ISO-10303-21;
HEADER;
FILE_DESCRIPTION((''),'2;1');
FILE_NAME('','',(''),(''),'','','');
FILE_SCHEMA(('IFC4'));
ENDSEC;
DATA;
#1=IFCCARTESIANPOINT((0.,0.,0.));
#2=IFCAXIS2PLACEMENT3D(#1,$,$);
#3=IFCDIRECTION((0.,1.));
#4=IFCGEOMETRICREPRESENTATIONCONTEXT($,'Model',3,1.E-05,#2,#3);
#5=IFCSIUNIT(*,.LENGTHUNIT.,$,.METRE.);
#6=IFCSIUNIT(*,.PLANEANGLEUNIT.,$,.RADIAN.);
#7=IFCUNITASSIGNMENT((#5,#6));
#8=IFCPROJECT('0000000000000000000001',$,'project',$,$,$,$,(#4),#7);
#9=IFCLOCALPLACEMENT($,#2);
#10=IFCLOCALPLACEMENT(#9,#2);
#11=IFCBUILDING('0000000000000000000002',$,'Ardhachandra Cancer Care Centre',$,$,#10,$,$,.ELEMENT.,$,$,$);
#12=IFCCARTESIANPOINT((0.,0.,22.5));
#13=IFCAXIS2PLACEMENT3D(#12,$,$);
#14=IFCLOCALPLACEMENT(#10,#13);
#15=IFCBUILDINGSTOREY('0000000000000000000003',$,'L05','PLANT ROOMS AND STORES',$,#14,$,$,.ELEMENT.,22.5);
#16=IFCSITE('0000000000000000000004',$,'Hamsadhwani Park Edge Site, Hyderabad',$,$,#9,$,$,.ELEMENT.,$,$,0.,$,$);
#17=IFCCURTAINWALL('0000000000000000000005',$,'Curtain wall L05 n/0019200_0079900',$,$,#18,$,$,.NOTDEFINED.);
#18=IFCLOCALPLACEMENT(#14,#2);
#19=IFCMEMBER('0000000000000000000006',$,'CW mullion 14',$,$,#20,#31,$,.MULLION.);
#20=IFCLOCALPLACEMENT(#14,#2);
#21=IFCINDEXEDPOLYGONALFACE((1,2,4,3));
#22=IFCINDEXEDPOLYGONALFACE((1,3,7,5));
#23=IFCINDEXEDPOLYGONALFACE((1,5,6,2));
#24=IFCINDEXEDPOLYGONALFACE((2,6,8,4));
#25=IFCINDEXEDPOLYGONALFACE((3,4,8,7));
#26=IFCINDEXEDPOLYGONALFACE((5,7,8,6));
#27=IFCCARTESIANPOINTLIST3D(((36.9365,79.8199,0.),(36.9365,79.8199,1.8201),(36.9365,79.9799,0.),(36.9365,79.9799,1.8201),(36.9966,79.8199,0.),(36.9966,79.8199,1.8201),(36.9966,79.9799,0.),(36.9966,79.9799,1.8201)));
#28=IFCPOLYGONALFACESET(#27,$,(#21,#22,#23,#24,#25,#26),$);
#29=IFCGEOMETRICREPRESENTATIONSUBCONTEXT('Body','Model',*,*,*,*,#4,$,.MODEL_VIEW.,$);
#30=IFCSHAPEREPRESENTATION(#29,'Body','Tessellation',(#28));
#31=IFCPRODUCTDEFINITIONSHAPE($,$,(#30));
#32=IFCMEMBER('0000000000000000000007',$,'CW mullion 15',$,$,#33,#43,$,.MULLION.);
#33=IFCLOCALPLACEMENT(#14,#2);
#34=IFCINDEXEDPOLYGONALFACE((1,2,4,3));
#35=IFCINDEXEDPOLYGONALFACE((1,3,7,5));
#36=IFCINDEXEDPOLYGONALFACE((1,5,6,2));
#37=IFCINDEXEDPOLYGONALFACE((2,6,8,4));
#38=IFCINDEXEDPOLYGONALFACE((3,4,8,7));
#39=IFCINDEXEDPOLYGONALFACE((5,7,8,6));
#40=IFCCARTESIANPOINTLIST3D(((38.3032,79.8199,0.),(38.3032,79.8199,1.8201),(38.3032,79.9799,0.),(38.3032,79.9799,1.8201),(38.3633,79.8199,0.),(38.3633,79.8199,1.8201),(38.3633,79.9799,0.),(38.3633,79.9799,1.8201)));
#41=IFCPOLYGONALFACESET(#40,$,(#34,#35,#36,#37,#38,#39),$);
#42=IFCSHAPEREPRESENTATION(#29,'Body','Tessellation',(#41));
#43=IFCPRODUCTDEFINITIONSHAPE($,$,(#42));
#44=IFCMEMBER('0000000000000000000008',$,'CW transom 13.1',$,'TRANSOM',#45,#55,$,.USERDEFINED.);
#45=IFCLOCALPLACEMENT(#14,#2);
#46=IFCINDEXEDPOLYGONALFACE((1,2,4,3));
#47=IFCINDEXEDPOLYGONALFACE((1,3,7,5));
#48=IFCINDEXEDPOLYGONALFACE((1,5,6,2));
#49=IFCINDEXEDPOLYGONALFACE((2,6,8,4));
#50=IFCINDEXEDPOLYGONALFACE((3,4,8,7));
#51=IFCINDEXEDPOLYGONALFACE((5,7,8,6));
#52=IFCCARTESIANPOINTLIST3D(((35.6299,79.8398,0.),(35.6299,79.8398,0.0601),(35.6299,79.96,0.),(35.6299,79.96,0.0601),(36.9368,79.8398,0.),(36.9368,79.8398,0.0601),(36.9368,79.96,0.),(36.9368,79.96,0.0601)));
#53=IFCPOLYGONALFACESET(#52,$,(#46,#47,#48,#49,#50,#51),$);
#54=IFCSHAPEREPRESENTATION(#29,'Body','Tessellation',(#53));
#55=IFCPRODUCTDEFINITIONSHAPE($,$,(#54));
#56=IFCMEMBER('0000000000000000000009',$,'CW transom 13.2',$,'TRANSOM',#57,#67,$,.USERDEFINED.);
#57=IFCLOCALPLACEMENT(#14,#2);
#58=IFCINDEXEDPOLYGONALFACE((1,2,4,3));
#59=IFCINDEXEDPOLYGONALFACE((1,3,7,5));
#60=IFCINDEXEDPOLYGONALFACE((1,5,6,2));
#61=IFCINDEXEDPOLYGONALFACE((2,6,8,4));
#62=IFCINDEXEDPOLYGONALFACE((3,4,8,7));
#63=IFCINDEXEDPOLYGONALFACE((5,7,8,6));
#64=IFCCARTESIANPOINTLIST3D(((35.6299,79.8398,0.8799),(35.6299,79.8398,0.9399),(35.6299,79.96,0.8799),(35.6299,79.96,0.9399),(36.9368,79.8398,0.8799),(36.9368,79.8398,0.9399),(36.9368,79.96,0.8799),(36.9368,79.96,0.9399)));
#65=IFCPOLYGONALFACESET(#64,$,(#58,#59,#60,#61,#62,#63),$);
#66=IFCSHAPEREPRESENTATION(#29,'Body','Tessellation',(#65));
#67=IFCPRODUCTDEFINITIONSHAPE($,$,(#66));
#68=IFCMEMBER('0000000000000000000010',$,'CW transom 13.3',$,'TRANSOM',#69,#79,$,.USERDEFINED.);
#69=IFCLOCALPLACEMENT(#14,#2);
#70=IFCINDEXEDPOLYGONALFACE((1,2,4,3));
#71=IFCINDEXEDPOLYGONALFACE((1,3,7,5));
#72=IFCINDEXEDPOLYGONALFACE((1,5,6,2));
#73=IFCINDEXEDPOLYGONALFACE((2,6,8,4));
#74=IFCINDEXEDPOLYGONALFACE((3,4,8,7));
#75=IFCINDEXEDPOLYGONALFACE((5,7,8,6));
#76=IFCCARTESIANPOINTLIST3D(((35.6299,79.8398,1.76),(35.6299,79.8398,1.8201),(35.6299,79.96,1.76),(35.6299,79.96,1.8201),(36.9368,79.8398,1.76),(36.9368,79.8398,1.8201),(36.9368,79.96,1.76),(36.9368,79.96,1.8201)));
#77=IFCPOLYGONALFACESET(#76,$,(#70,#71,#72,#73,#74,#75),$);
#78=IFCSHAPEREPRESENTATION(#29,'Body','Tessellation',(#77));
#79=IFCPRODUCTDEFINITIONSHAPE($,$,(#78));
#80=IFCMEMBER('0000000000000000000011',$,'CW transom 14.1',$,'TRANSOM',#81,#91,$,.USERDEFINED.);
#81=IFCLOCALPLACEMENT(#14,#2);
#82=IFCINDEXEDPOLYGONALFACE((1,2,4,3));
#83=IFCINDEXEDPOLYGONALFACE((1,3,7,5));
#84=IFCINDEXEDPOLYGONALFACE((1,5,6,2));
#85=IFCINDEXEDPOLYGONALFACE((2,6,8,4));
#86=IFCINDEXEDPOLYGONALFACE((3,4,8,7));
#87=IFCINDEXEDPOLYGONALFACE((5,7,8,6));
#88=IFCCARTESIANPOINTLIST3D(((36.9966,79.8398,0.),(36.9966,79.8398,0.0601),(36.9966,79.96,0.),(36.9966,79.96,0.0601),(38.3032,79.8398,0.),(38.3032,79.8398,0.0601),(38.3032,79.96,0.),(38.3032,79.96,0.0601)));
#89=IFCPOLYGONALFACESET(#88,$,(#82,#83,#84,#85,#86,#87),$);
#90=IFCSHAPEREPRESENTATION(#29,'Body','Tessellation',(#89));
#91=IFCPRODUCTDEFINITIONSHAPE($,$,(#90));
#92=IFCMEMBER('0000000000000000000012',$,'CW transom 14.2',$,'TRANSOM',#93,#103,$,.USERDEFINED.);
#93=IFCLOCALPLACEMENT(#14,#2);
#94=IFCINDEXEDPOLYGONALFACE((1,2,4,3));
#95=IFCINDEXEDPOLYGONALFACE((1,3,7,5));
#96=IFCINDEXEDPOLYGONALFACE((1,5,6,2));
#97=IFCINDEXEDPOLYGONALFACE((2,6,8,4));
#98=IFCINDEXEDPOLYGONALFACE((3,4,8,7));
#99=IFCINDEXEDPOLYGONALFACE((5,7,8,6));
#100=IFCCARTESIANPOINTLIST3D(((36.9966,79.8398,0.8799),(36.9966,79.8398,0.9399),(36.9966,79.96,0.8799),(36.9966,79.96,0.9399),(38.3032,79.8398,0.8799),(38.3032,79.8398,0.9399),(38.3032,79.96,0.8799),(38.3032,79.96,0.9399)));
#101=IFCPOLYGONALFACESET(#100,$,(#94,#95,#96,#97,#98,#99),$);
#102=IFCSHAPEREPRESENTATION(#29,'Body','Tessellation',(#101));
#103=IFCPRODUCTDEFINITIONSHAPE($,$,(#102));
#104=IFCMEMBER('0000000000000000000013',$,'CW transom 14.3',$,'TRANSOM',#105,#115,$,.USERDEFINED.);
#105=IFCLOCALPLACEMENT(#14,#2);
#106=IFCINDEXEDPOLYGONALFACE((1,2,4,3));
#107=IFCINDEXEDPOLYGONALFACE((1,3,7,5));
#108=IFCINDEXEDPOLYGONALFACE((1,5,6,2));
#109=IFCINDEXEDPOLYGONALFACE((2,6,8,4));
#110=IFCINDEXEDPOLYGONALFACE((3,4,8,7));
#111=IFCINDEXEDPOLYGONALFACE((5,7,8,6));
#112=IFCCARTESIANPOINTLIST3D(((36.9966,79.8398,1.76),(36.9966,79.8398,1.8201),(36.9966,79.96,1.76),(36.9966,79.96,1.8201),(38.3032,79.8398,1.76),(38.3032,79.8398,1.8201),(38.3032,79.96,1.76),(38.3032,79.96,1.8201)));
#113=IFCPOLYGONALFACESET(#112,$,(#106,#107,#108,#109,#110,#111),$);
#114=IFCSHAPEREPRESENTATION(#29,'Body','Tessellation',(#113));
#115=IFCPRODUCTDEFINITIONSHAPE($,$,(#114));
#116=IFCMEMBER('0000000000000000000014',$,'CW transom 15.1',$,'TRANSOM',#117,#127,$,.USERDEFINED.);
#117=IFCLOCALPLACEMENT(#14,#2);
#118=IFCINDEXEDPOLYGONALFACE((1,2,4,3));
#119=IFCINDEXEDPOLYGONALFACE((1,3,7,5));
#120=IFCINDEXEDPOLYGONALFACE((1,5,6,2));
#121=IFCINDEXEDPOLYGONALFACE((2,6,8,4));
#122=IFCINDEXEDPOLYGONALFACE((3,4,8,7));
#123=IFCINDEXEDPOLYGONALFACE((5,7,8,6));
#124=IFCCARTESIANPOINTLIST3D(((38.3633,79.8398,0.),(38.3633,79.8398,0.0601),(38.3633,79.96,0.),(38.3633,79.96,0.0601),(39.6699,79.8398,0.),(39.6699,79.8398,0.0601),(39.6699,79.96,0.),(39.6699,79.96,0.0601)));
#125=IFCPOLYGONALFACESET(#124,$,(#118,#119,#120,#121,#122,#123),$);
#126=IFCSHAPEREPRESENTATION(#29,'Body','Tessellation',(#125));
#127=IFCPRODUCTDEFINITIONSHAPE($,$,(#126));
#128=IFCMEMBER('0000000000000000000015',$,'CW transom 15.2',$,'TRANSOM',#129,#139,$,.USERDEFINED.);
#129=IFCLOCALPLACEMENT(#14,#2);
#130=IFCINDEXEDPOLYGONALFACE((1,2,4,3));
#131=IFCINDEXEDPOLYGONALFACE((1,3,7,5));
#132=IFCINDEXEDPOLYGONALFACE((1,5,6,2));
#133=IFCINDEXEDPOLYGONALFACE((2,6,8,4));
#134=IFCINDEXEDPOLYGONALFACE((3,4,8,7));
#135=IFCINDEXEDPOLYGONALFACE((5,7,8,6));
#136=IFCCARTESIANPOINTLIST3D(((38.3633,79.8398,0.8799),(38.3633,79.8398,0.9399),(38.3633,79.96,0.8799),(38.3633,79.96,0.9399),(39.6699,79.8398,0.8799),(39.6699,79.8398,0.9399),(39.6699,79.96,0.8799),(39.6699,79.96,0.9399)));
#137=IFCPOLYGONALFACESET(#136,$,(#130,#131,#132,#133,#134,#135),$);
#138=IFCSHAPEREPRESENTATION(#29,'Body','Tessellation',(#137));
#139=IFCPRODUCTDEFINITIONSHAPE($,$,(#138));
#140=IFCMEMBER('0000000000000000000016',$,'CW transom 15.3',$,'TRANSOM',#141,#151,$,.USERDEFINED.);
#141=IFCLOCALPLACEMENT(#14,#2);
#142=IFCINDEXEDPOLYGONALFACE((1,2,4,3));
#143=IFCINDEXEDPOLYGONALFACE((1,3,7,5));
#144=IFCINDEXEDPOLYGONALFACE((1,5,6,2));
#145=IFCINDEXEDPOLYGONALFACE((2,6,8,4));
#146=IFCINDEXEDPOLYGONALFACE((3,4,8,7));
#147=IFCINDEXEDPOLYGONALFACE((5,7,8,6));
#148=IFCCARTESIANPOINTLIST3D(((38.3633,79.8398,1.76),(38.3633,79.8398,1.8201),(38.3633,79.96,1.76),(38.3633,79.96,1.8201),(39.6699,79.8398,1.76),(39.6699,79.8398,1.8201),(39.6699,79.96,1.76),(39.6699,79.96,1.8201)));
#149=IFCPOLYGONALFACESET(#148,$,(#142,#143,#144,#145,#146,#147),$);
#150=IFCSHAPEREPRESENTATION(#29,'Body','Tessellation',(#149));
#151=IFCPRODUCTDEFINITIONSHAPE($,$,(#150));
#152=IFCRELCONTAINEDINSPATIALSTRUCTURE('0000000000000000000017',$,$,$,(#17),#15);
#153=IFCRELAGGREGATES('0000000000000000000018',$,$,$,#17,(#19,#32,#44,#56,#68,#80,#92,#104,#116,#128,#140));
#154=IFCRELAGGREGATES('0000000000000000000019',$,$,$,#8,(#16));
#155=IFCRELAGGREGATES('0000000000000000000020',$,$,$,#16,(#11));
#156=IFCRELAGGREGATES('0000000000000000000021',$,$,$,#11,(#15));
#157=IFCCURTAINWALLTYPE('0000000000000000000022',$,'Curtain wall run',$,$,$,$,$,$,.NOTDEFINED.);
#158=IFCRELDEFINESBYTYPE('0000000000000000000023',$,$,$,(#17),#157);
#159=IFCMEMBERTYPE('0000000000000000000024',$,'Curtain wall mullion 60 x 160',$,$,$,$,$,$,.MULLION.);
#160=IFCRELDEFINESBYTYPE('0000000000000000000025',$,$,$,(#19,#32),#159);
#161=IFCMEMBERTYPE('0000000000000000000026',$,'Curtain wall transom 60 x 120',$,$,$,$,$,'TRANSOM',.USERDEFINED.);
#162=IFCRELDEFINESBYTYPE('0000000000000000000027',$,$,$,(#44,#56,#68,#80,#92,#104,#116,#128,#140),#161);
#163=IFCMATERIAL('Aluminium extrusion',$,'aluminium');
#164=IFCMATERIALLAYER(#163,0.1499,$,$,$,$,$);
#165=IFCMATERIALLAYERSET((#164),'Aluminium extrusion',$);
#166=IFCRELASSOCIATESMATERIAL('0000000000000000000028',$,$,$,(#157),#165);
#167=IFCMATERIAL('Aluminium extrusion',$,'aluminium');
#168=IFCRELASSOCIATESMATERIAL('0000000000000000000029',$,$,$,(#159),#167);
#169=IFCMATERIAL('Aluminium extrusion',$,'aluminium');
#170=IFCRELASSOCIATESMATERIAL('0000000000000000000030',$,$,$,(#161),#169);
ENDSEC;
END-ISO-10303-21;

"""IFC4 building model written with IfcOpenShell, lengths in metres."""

from ifc_helpers import new_model, si_unit, direction, frame, origin, origin_2d, place, context, subcontext, project, spatial, rectangle, extrude, material, layer, layer_set, material_profile, profile_set, type_object, element, aggregate, save


model = new_model("IFC4")

# Units and contexts
model_context = context("Model", 3, precision=1e-05, world=origin(), true_north=direction((0.0, 1.0)))
body_context = subcontext(model_context, "Body", "Model", "MODEL_VIEW")
ifc_project = project(units=[si_unit("LENGTHUNIT", "METRE"), si_unit("PLANEANGLEUNIT", "RADIAN")], contexts=[model_context])

# Site, building, storey
site_placement = place(None, origin())
site = spatial("IfcSite", under=ifc_project, at=site_placement, Name="Hamsadhwani Park Edge Site, Hyderabad", CompositionType="ELEMENT", RefElevation=0.0)
building_placement = place(site_placement, origin())
building = spatial("IfcBuilding", under=site, at=building_placement, Name="Ardhachandra Cancer Care Centre", CompositionType="ELEMENT")
storey_placement = place(building_placement, frame((0.0, 0.0, 22.5)))
storey = spatial("IfcBuildingStorey", under=building, at=storey_placement, Name="L05", Description="PLANT ROOMS AND STORES", CompositionType="ELEMENT", Elevation=22.5)

# Curtain wall, members
ifc_material_1 = material(Name="Aluminium extrusion", Category="aluminium")
ifc_layer_1 = layer(ifc_material_1, 0.1499)
ifc_layer_set_1 = layer_set([ifc_layer_1], Name="Aluminium extrusion")
curtain_wall_type = type_object("IfcCurtainWallType", Name="Curtain wall run", PredefinedType="NOTDEFINED", material=ifc_layer_set_1)
curtain_wall_1_placement = place(storey_placement, origin())
curtain_wall_1 = element("IfcCurtainWall", 1, at=curtain_wall_1_placement, inside=storey, type_object=curtain_wall_type, Name="Curtain wall L05 n/0019200_0079900", PredefinedType="NOTDEFINED")
ifc_material_2 = material(Name="Aluminium extrusion", Category="aluminium")
ifc_material_profile_1 = material_profile(ifc_material_2, rectangle(XDim=0.1599, YDim=0.0601, at=origin_2d()), Name="Curtain wall mullion 60 x 160")
ifc_profile_set_1 = profile_set([ifc_material_profile_1], Name="Aluminium extrusion")
member_type_1 = type_object("IfcMemberType", Name="Curtain wall mullion 60 x 160", PredefinedType="MULLION", material=ifc_profile_set_1)
member_1_placement = place(storey_placement, frame((36.9666, 79.8999, 0.0), z_axis=(0.0, 0.0, 1.0), x_axis=(0.0, 1.0, 0.0)))
member_1 = element("IfcMember", 2, at=member_1_placement, type_object=member_type_1, Name="CW mullion 14", PredefinedType="MULLION", context=body_context, shape_type="SweptSolid", body=[
    extrude(rectangle(XDim=0.1599, YDim=0.0601, at=origin_2d()), origin(), (0.0, 0.0, 1.0), 1.8201),
])
member_2_placement = place(storey_placement, frame((38.3333, 79.8999, 0.0), z_axis=(0.0, 0.0, 1.0), x_axis=(0.0, 1.0, 0.0)))
member_2 = element("IfcMember", 3, at=member_2_placement, type_object=member_type_1, Name="CW mullion 15", PredefinedType="MULLION", context=body_context, shape_type="SweptSolid", body=[
    extrude(rectangle(XDim=0.1599, YDim=0.0601, at=origin_2d()), origin(), (0.0, 0.0, 1.0), 1.8201),
])
ifc_material_3 = material(Name="Aluminium extrusion", Category="aluminium")
ifc_material_profile_2 = material_profile(ifc_material_3, rectangle(XDim=0.1201, YDim=0.0601, at=origin_2d()), Name="Curtain wall transom 60 x 120")
ifc_profile_set_2 = profile_set([ifc_material_profile_2], Name="Aluminium extrusion")
member_type_2 = type_object("IfcMemberType", Name="Curtain wall transom 60 x 120", ElementType="TRANSOM", PredefinedType="USERDEFINED", material=ifc_profile_set_2)
member_3_placement = place(storey_placement, frame((35.6299, 79.8999, 0.03), z_axis=(1.0, 0.0, 0.0), x_axis=(0.0, 1.0, 0.0)))
member_3 = element("IfcMember", 4, at=member_3_placement, type_object=member_type_2, Name="CW transom 13.1", ObjectType="TRANSOM", PredefinedType="USERDEFINED", context=body_context, shape_type="SweptSolid", body=[
    extrude(rectangle(XDim=0.1201, YDim=0.0601, at=origin_2d()), origin(), (0.0, 0.0, 1.0), 1.3069),
])
member_4_placement = place(storey_placement, frame((35.6299, 79.8999, 0.9099), z_axis=(1.0, 0.0, 0.0), x_axis=(0.0, 1.0, 0.0)))
member_4 = element("IfcMember", 5, at=member_4_placement, type_object=member_type_2, Name="CW transom 13.2", ObjectType="TRANSOM", PredefinedType="USERDEFINED", context=body_context, shape_type="SweptSolid", body=[
    extrude(rectangle(XDim=0.1201, YDim=0.0601, at=origin_2d()), origin(), (0.0, 0.0, 1.0), 1.3069),
])
member_5_placement = place(storey_placement, frame((35.6299, 79.8999, 1.79), z_axis=(1.0, 0.0, 0.0), x_axis=(0.0, 1.0, 0.0)))
member_5 = element("IfcMember", 6, at=member_5_placement, type_object=member_type_2, Name="CW transom 13.3", ObjectType="TRANSOM", PredefinedType="USERDEFINED", context=body_context, shape_type="SweptSolid", body=[
    extrude(rectangle(XDim=0.1201, YDim=0.0601, at=origin_2d()), origin(), (0.0, 0.0, 1.0), 1.3069),
])
member_6_placement = place(storey_placement, frame((36.9966, 79.8999, 0.03), z_axis=(1.0, 0.0, 0.0), x_axis=(0.0, 1.0, 0.0)))
member_6 = element("IfcMember", 7, at=member_6_placement, type_object=member_type_2, Name="CW transom 14.1", ObjectType="TRANSOM", PredefinedType="USERDEFINED", context=body_context, shape_type="SweptSolid", body=[
    extrude(rectangle(XDim=0.1201, YDim=0.0601, at=origin_2d()), origin(), (0.0, 0.0, 1.0), 1.3066),
])
member_7_placement = place(storey_placement, frame((36.9966, 79.8999, 0.9099), z_axis=(1.0, 0.0, 0.0), x_axis=(0.0, 1.0, 0.0)))
member_7 = element("IfcMember", 8, at=member_7_placement, type_object=member_type_2, Name="CW transom 14.2", ObjectType="TRANSOM", PredefinedType="USERDEFINED", context=body_context, shape_type="SweptSolid", body=[
    extrude(rectangle(XDim=0.1201, YDim=0.0601, at=origin_2d()), origin(), (0.0, 0.0, 1.0), 1.3066),
])
member_8_placement = place(storey_placement, frame((36.9966, 79.8999, 1.79), z_axis=(1.0, 0.0, 0.0), x_axis=(0.0, 1.0, 0.0)))
member_8 = element("IfcMember", 9, at=member_8_placement, type_object=member_type_2, Name="CW transom 14.3", ObjectType="TRANSOM", PredefinedType="USERDEFINED", context=body_context, shape_type="SweptSolid", body=[
    extrude(rectangle(XDim=0.1201, YDim=0.0601, at=origin_2d()), origin(), (0.0, 0.0, 1.0), 1.3066),
])
member_9_placement = place(storey_placement, frame((38.3633, 79.8999, 0.03), z_axis=(1.0, 0.0, 0.0), x_axis=(0.0, 1.0, 0.0)))
member_9 = element("IfcMember", 10, at=member_9_placement, type_object=member_type_2, Name="CW transom 15.1", ObjectType="TRANSOM", PredefinedType="USERDEFINED", context=body_context, shape_type="SweptSolid", body=[
    extrude(rectangle(XDim=0.1201, YDim=0.0601, at=origin_2d()), origin(), (0.0, 0.0, 1.0), 1.3066),
])
member_10_placement = place(storey_placement, frame((38.3633, 79.8999, 0.9099), z_axis=(1.0, 0.0, 0.0), x_axis=(0.0, 1.0, 0.0)))
member_10 = element("IfcMember", 11, at=member_10_placement, type_object=member_type_2, Name="CW transom 15.2", ObjectType="TRANSOM", PredefinedType="USERDEFINED", context=body_context, shape_type="SweptSolid", body=[
    extrude(rectangle(XDim=0.1201, YDim=0.0601, at=origin_2d()), origin(), (0.0, 0.0, 1.0), 1.3066),
])
member_11_placement = place(storey_placement, frame((38.3633, 79.8999, 1.79), z_axis=(1.0, 0.0, 0.0), x_axis=(0.0, 1.0, 0.0)))
member_11 = element("IfcMember", 12, at=member_11_placement, type_object=member_type_2, Name="CW transom 15.3", ObjectType="TRANSOM", PredefinedType="USERDEFINED", context=body_context, shape_type="SweptSolid", body=[
    extrude(rectangle(XDim=0.1201, YDim=0.0601, at=origin_2d()), origin(), (0.0, 0.0, 1.0), 1.3066),
])

aggregate(curtain_wall_1, [member_1, member_2, member_3, member_4, member_5, member_6, member_7, member_8, member_9, member_10, member_11])

save(model, "model.ifc")
